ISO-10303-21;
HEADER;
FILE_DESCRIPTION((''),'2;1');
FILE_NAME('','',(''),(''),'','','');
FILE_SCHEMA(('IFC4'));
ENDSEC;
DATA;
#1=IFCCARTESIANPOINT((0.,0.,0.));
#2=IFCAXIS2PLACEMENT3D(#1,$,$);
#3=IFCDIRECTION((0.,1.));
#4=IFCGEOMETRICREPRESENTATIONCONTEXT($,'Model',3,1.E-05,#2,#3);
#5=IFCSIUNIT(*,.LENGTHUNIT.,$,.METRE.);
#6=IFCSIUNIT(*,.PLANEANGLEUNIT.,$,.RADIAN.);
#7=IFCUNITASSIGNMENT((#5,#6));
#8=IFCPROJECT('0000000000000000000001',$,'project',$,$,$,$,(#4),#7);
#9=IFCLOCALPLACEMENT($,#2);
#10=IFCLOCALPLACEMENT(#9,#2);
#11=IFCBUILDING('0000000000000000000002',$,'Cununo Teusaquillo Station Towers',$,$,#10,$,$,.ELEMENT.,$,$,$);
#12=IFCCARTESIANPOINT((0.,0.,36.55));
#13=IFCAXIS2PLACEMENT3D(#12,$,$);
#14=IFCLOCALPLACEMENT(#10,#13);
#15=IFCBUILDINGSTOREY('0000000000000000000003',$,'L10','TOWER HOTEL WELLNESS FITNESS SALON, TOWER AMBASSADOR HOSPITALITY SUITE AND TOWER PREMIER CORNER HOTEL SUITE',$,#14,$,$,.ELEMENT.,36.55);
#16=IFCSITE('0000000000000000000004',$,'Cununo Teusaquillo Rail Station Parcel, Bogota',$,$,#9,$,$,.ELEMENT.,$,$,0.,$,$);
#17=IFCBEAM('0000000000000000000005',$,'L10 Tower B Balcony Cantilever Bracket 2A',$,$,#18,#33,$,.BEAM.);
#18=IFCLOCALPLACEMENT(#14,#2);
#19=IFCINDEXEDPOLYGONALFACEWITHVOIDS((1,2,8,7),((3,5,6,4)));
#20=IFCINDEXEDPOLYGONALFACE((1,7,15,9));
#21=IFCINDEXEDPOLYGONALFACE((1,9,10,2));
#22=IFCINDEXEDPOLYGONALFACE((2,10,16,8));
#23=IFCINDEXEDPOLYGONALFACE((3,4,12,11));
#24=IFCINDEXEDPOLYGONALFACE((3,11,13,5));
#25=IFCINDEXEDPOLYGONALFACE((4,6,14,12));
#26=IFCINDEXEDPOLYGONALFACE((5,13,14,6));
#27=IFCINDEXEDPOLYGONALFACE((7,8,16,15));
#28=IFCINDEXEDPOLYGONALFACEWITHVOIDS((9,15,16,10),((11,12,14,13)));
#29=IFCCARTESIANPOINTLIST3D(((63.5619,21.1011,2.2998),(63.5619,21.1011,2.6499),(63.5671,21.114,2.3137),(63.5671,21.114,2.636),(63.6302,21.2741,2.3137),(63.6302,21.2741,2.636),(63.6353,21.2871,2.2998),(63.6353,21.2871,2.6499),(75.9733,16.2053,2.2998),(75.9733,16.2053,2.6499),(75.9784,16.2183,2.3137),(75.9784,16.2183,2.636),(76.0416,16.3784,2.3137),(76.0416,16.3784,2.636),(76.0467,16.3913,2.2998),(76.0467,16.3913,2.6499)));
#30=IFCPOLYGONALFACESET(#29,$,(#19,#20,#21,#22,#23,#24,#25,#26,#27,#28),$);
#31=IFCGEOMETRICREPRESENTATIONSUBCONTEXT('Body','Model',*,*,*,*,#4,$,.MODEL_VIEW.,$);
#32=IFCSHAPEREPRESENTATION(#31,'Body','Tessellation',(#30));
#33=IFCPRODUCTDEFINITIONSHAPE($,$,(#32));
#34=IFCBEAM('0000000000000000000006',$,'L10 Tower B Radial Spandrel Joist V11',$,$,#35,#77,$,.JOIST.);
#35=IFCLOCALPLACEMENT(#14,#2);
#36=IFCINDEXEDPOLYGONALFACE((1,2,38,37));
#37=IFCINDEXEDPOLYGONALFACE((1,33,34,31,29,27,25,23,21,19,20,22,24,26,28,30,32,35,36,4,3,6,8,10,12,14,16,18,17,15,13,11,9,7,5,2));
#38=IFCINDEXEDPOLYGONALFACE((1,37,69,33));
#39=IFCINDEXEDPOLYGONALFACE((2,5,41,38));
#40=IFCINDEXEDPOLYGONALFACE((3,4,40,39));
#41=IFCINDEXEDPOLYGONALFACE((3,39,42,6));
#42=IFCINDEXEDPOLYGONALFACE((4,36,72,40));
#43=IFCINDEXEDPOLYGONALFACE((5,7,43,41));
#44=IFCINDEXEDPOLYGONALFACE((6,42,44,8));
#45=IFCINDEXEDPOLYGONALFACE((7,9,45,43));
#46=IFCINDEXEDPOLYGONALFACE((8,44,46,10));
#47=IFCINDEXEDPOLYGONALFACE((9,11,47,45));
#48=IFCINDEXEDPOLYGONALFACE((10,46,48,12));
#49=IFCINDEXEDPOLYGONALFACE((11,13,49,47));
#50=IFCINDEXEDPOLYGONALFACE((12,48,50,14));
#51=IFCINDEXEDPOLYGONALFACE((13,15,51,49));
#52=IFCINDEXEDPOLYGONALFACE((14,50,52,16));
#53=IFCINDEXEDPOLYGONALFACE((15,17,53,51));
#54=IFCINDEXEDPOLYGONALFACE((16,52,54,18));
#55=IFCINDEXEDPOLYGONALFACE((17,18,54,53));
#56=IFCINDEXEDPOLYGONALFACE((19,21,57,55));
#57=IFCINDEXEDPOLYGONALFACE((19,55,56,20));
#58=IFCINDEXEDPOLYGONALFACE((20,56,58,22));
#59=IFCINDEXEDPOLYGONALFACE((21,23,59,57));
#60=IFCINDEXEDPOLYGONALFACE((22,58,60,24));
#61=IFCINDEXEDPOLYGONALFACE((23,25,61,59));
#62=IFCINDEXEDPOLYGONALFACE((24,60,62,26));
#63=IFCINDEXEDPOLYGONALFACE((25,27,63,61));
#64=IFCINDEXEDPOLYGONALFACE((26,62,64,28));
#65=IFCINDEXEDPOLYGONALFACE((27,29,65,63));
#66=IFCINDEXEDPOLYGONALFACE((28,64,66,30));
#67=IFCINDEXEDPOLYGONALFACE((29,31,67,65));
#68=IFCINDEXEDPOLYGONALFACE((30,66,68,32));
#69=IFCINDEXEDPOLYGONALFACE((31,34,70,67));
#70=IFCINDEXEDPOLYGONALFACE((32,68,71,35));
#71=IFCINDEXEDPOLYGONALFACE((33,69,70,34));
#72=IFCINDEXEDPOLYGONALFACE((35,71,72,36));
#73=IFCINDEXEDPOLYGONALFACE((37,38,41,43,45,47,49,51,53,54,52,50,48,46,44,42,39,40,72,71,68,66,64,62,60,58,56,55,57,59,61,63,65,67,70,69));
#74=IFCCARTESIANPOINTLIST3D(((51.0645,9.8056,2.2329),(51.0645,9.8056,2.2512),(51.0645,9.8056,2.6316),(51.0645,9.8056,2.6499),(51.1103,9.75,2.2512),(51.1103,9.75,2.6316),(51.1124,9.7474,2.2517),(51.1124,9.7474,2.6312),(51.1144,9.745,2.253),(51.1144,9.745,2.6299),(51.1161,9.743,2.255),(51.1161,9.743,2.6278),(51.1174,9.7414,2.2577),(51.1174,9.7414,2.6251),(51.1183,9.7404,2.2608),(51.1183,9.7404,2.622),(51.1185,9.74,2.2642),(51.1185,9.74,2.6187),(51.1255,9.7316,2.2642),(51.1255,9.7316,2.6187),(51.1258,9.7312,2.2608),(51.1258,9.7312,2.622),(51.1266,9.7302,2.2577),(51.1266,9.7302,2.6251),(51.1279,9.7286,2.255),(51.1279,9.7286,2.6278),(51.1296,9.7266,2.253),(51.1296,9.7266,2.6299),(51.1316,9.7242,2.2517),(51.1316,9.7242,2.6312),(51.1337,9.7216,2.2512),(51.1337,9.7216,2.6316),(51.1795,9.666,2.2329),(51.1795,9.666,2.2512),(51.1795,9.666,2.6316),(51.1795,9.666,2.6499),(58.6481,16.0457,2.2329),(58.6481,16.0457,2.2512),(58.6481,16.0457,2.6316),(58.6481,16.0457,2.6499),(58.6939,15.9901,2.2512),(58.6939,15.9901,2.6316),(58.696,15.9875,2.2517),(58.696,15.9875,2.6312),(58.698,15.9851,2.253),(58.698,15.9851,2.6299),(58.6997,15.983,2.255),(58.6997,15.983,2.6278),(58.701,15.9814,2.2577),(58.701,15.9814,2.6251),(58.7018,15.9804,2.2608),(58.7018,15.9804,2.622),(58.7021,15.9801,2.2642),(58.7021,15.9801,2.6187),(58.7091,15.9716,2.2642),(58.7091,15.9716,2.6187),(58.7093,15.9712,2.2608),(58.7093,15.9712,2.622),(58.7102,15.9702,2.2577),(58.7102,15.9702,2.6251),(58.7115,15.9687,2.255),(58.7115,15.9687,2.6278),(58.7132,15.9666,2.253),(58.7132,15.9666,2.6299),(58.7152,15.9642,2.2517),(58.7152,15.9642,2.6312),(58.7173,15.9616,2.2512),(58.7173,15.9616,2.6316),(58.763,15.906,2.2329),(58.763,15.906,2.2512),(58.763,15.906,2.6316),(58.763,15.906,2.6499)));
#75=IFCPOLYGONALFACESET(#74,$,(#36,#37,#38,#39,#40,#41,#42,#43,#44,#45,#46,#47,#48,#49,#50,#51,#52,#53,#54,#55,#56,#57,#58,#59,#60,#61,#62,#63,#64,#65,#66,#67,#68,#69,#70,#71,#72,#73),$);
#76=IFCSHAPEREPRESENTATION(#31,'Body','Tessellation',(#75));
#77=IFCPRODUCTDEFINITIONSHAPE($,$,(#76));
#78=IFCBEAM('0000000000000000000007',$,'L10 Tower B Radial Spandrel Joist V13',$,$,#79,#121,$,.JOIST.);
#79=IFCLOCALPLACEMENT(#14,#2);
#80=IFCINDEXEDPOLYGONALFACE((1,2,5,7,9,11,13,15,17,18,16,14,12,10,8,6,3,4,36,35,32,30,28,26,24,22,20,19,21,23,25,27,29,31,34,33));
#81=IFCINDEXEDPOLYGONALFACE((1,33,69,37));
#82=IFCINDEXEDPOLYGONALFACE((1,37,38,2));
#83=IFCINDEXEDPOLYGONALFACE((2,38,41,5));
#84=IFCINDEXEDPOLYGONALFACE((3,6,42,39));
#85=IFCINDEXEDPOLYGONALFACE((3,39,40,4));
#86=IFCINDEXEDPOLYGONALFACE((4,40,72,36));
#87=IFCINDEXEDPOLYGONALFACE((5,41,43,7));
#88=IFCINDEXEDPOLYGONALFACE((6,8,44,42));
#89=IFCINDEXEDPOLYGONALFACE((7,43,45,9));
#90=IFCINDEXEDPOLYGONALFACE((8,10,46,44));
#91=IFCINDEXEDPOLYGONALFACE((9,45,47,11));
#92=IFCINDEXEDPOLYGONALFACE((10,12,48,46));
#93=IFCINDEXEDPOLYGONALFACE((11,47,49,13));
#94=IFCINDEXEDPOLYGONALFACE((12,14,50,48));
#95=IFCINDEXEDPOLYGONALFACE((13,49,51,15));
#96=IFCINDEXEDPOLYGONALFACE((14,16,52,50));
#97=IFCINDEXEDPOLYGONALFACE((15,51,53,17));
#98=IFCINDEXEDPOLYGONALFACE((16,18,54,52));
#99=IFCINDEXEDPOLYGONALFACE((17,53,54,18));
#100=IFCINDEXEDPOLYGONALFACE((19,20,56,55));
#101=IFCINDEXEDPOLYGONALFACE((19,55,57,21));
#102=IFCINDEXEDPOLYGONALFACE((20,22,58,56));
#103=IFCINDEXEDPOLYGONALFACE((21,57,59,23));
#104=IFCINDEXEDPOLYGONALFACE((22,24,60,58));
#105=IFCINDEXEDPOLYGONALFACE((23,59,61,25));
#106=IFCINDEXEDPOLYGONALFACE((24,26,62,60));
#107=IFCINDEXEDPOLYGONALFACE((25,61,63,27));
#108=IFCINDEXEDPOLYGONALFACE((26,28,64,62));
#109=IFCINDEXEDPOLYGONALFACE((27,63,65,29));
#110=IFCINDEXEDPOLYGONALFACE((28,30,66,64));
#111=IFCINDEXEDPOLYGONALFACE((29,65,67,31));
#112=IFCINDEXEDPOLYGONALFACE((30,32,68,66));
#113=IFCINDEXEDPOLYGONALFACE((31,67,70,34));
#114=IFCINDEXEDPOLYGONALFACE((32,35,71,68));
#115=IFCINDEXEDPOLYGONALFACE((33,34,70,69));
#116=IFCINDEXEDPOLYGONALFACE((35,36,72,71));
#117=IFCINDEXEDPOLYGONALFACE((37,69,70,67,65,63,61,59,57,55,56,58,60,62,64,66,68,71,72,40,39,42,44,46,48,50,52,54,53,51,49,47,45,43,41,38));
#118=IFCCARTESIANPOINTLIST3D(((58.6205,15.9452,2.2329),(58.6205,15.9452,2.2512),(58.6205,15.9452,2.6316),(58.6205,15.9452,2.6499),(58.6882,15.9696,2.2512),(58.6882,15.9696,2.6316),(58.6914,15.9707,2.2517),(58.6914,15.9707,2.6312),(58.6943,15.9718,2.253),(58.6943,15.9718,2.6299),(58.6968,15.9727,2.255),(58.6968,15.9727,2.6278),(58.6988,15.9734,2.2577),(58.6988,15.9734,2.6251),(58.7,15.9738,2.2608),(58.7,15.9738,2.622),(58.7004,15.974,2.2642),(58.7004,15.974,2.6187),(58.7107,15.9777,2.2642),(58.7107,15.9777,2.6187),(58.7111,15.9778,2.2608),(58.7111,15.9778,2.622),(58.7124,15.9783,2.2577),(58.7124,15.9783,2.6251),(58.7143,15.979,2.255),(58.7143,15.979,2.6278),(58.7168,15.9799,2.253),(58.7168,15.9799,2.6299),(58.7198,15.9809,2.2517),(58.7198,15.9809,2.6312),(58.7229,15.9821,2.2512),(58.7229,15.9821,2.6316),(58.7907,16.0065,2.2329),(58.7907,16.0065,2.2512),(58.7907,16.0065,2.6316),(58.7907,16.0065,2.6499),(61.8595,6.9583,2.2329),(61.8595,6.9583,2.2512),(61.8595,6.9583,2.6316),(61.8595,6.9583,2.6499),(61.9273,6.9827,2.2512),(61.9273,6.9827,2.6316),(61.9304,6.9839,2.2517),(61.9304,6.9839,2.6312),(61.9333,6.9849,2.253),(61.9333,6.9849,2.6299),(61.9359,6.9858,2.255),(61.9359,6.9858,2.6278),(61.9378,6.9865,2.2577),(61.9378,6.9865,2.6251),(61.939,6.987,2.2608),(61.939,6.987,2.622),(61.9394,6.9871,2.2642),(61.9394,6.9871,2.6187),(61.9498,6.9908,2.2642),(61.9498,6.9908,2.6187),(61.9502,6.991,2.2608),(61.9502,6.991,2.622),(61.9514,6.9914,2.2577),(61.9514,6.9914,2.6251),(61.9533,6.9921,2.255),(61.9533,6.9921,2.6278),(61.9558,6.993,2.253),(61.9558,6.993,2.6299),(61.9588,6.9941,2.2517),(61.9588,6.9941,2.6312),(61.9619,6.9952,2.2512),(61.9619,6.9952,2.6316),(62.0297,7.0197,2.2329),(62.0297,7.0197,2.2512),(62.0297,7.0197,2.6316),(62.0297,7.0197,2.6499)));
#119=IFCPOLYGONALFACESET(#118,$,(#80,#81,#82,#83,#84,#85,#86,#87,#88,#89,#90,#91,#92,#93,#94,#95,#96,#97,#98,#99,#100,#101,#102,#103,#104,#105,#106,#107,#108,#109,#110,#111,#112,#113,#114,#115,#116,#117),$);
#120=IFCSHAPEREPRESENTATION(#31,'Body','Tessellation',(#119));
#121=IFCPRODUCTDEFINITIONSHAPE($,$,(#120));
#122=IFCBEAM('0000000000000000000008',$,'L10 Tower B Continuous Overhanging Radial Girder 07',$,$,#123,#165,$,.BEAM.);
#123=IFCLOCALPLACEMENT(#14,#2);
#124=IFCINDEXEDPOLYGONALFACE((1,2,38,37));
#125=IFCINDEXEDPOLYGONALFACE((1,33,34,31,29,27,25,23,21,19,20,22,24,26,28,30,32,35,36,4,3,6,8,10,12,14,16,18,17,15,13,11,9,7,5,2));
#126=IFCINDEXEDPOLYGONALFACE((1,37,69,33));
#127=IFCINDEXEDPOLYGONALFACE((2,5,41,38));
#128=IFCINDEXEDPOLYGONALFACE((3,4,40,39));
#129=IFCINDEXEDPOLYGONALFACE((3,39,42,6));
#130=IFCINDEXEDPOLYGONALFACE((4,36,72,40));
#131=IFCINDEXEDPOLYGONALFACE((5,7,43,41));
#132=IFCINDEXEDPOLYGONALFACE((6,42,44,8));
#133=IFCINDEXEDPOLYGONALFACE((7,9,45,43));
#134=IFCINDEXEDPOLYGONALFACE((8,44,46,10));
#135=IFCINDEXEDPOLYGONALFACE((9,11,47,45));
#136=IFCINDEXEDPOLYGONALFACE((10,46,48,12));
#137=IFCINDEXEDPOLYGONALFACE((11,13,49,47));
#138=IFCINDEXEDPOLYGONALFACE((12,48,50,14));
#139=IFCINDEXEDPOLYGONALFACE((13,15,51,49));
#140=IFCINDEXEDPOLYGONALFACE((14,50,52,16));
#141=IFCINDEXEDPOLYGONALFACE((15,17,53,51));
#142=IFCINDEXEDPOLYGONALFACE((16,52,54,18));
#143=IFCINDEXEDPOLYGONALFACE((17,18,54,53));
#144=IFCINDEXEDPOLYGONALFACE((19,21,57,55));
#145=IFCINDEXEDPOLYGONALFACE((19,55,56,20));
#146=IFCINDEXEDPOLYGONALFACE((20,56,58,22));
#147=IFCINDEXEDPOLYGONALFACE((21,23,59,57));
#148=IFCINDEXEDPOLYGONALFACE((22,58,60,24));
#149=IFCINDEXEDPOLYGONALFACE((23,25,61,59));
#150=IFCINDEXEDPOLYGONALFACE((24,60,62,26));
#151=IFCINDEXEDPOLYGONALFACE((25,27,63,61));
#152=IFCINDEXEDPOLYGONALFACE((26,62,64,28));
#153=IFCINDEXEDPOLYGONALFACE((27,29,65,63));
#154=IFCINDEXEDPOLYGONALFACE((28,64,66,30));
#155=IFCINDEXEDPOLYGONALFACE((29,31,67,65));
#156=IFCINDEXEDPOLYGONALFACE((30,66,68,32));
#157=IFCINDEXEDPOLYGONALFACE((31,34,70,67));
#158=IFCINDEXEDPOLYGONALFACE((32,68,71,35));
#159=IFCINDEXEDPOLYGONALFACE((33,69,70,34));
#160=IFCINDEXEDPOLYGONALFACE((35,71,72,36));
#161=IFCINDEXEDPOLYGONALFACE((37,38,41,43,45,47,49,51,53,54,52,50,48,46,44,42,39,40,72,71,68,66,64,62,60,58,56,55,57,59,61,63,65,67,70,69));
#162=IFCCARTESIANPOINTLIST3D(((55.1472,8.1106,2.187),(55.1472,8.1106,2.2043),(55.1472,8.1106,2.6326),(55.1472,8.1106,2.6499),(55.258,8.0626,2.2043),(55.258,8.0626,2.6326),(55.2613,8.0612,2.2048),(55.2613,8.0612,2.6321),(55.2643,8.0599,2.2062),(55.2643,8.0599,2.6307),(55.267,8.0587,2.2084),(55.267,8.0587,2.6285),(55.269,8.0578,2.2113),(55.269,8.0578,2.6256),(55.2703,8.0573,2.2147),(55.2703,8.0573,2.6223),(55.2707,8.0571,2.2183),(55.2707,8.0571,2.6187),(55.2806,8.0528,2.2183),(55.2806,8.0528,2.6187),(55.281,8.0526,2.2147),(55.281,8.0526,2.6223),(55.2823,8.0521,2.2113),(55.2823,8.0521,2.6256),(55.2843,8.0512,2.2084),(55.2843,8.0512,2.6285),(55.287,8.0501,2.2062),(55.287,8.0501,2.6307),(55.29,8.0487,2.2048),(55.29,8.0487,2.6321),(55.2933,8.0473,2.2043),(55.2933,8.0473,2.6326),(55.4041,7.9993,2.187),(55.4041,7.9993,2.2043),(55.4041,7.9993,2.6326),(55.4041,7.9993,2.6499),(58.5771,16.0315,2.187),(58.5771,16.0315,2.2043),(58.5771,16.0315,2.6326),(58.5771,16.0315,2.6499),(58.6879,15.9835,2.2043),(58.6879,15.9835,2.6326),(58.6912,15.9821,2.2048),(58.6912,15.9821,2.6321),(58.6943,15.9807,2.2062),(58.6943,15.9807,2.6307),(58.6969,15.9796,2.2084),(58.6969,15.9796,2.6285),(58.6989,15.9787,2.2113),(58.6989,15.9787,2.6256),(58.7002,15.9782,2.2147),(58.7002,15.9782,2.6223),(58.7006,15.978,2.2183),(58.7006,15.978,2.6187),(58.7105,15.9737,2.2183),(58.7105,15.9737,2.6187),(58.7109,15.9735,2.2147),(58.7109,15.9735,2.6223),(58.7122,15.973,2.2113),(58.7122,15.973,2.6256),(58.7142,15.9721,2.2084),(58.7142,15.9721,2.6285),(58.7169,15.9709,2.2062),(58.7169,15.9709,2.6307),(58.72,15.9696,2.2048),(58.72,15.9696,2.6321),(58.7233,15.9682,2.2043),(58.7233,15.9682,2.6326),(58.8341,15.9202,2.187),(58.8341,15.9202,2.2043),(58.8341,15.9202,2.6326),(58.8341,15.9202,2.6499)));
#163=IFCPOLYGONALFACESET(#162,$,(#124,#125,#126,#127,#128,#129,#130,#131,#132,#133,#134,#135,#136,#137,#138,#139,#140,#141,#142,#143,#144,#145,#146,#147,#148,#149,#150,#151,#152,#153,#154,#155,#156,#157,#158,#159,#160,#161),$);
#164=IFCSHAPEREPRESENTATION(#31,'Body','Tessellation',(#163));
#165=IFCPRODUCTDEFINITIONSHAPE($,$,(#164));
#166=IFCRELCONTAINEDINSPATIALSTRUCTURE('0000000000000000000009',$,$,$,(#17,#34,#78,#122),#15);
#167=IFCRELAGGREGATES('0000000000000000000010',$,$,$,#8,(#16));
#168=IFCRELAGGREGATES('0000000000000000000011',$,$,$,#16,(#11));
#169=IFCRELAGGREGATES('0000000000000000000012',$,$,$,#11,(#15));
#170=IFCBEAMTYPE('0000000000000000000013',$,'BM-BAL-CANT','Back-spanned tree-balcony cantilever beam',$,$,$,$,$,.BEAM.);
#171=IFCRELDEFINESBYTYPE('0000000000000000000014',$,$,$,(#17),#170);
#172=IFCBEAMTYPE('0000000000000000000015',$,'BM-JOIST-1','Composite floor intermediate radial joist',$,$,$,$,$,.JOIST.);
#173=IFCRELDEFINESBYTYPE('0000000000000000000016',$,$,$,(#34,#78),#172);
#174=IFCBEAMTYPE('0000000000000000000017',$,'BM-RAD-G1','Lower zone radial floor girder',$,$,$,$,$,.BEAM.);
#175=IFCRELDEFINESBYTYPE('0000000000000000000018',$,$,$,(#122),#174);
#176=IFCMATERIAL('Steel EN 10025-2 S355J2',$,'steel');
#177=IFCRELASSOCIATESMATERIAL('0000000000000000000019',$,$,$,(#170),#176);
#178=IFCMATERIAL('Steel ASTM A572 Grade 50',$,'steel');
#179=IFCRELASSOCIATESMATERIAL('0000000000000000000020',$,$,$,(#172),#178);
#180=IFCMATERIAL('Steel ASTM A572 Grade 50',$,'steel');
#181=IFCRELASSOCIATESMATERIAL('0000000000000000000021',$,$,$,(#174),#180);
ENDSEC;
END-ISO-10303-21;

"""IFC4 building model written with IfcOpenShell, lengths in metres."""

from ifc_helpers import new_model, si_unit, direction, frame, origin, origin_2d, place, context, subcontext, project, spatial, hollow_rectangle, i_section, extrude, material, material_profile, profile_set, type_object, element, save


model = new_model("IFC4")

# Units and contexts
model_context = context("Model", 3, precision=1e-05, world=origin(), true_north=direction((0.0, 1.0)))
body_context = subcontext(model_context, "Body", "Model", "MODEL_VIEW")
ifc_project = project(units=[si_unit("LENGTHUNIT", "METRE"), si_unit("PLANEANGLEUNIT", "RADIAN")], contexts=[model_context])

# Site, building, storey
site_placement = place(None, origin())
site = spatial("IfcSite", under=ifc_project, at=site_placement, Name="Cununo Teusaquillo Rail Station Parcel, Bogota", CompositionType="ELEMENT", RefElevation=0.0)
building_placement = place(site_placement, origin())
building = spatial("IfcBuilding", under=site, at=building_placement, Name="Cununo Teusaquillo Station Towers", CompositionType="ELEMENT")
storey_placement = place(building_placement, frame((0.0, 0.0, 36.55)))
storey = spatial("IfcBuildingStorey", under=building, at=storey_placement, Name="L10", Description="TOWER HOTEL WELLNESS FITNESS SALON, TOWER AMBASSADOR HOSPITALITY SUITE AND TOWER PREMIER CORNER HOTEL SUITE", CompositionType="ELEMENT", Elevation=36.55)

# Beams
ifc_material_1 = material(Name="Steel EN 10025-2 S355J2", Category="steel")
ifc_material_profile_1 = material_profile(ifc_material_1, hollow_rectangle(XDim=0.2, YDim=0.3501, WallThickness=0.0139, at=origin_2d()), Name="RHS 350x200x14")
ifc_profile_set_1 = profile_set([ifc_material_profile_1], Name="Steel EN 10025-2 S355J2")
beam_type_1 = type_object("IfcBeamType", Name="BM-BAL-CANT", Description="Back-spanned tree-balcony cantilever beam", PredefinedType="BEAM", material=ifc_profile_set_1)
beam_1_placement = place(storey_placement, frame((63.5986, 21.1941, 2.4749), z_axis=(0.930244, -0.366941, 0.0), x_axis=(0.366941, 0.930244, 0.0)))
element("IfcBeam", 1, at=beam_1_placement, inside=storey, type_object=beam_type_1, Name="L10 Tower B Balcony Cantilever Bracket 2A", PredefinedType="BEAM", context=body_context, shape_type="SweptSolid", body=[
    extrude(hollow_rectangle(XDim=0.2, YDim=0.3501, WallThickness=0.0139, at=origin_2d()), origin(), (0.0, 0.0, 1.0), 13.342),
])
ifc_material_2 = material(Name="Steel ASTM A572 Grade 50", Category="steel")
ifc_material_profile_2 = material_profile(ifc_material_2, i_section(OverallWidth=0.1809, OverallDepth=0.417, WebThickness=0.011, FlangeThickness=0.0183, FilletRadius=0.0129, at=origin_2d()), Name="W16X57")
ifc_profile_set_2 = profile_set([ifc_material_profile_2], Name="Steel ASTM A572 Grade 50")
beam_type_2 = type_object("IfcBeamType", Name="BM-JOIST-1", Description="Composite floor intermediate radial joist", PredefinedType="JOIST", material=ifc_profile_set_2)
beam_2_placement = place(storey_placement, frame((58.7056, 15.9758, 2.4414), z_axis=(-0.772192, -0.635389, 0.0), x_axis=(0.635389, -0.772192, 0.0)))
element("IfcBeam", 2, at=beam_2_placement, inside=storey, type_object=beam_type_2, Name="L10 Tower B Radial Spandrel Joist V11", PredefinedType="JOIST", context=body_context, shape_type="SweptSolid", body=[
    extrude(i_section(OverallWidth=0.1809, OverallDepth=0.417, WebThickness=0.011, FlangeThickness=0.0183, FilletRadius=0.0129, at=origin_2d()), origin(), (0.0, 0.0, 1.0), 9.8208),
])
beam_3_placement = place(storey_placement, frame((58.7056, 15.9758, 2.4414), z_axis=(0.339068, -0.940762, 0.0), x_axis=(0.940762, 0.339068, 0.0)))
element("IfcBeam", 3, at=beam_3_placement, inside=storey, type_object=beam_type_2, Name="L10 Tower B Radial Spandrel Joist V13", PredefinedType="JOIST", context=body_context, shape_type="SweptSolid", body=[
    extrude(i_section(OverallWidth=0.1809, OverallDepth=0.417, WebThickness=0.011, FlangeThickness=0.0183, FilletRadius=0.0129, at=origin_2d()), origin(), (0.0, 0.0, 1.0), 9.5527),
])
ifc_material_3 = material(Name="Steel ASTM A572 Grade 50", Category="steel")
ifc_material_profile_3 = material_profile(ifc_material_3, i_section(OverallWidth=0.28, OverallDepth=0.4629, WebThickness=0.0107, FlangeThickness=0.0173, FilletRadius=0.0139, at=origin_2d()), Name="W18X76")
ifc_profile_set_3 = profile_set([ifc_material_profile_3], Name="Steel ASTM A572 Grade 50")
beam_type_3 = type_object("IfcBeamType", Name="BM-RAD-G1", Description="Lower zone radial floor girder", PredefinedType="BEAM", material=ifc_profile_set_3)
beam_4_placement = place(storey_placement, frame((58.7056, 15.9758, 2.4185), z_axis=(-0.397368, -0.917659, 0.0), x_axis=(0.917659, -0.397368, 0.0)))
element("IfcBeam", 4, at=beam_4_placement, inside=storey, type_object=beam_type_3, Name="L10 Tower B Continuous Overhanging Radial Girder 07", PredefinedType="BEAM", context=body_context, shape_type="SweptSolid", body=[
    extrude(i_section(OverallWidth=0.28, OverallDepth=0.4629, WebThickness=0.0107, FlangeThickness=0.0173, FilletRadius=0.0139, at=origin_2d()), origin(), (0.0, 0.0, 1.0), 8.6316),
])

save(model, "model.ifc")
